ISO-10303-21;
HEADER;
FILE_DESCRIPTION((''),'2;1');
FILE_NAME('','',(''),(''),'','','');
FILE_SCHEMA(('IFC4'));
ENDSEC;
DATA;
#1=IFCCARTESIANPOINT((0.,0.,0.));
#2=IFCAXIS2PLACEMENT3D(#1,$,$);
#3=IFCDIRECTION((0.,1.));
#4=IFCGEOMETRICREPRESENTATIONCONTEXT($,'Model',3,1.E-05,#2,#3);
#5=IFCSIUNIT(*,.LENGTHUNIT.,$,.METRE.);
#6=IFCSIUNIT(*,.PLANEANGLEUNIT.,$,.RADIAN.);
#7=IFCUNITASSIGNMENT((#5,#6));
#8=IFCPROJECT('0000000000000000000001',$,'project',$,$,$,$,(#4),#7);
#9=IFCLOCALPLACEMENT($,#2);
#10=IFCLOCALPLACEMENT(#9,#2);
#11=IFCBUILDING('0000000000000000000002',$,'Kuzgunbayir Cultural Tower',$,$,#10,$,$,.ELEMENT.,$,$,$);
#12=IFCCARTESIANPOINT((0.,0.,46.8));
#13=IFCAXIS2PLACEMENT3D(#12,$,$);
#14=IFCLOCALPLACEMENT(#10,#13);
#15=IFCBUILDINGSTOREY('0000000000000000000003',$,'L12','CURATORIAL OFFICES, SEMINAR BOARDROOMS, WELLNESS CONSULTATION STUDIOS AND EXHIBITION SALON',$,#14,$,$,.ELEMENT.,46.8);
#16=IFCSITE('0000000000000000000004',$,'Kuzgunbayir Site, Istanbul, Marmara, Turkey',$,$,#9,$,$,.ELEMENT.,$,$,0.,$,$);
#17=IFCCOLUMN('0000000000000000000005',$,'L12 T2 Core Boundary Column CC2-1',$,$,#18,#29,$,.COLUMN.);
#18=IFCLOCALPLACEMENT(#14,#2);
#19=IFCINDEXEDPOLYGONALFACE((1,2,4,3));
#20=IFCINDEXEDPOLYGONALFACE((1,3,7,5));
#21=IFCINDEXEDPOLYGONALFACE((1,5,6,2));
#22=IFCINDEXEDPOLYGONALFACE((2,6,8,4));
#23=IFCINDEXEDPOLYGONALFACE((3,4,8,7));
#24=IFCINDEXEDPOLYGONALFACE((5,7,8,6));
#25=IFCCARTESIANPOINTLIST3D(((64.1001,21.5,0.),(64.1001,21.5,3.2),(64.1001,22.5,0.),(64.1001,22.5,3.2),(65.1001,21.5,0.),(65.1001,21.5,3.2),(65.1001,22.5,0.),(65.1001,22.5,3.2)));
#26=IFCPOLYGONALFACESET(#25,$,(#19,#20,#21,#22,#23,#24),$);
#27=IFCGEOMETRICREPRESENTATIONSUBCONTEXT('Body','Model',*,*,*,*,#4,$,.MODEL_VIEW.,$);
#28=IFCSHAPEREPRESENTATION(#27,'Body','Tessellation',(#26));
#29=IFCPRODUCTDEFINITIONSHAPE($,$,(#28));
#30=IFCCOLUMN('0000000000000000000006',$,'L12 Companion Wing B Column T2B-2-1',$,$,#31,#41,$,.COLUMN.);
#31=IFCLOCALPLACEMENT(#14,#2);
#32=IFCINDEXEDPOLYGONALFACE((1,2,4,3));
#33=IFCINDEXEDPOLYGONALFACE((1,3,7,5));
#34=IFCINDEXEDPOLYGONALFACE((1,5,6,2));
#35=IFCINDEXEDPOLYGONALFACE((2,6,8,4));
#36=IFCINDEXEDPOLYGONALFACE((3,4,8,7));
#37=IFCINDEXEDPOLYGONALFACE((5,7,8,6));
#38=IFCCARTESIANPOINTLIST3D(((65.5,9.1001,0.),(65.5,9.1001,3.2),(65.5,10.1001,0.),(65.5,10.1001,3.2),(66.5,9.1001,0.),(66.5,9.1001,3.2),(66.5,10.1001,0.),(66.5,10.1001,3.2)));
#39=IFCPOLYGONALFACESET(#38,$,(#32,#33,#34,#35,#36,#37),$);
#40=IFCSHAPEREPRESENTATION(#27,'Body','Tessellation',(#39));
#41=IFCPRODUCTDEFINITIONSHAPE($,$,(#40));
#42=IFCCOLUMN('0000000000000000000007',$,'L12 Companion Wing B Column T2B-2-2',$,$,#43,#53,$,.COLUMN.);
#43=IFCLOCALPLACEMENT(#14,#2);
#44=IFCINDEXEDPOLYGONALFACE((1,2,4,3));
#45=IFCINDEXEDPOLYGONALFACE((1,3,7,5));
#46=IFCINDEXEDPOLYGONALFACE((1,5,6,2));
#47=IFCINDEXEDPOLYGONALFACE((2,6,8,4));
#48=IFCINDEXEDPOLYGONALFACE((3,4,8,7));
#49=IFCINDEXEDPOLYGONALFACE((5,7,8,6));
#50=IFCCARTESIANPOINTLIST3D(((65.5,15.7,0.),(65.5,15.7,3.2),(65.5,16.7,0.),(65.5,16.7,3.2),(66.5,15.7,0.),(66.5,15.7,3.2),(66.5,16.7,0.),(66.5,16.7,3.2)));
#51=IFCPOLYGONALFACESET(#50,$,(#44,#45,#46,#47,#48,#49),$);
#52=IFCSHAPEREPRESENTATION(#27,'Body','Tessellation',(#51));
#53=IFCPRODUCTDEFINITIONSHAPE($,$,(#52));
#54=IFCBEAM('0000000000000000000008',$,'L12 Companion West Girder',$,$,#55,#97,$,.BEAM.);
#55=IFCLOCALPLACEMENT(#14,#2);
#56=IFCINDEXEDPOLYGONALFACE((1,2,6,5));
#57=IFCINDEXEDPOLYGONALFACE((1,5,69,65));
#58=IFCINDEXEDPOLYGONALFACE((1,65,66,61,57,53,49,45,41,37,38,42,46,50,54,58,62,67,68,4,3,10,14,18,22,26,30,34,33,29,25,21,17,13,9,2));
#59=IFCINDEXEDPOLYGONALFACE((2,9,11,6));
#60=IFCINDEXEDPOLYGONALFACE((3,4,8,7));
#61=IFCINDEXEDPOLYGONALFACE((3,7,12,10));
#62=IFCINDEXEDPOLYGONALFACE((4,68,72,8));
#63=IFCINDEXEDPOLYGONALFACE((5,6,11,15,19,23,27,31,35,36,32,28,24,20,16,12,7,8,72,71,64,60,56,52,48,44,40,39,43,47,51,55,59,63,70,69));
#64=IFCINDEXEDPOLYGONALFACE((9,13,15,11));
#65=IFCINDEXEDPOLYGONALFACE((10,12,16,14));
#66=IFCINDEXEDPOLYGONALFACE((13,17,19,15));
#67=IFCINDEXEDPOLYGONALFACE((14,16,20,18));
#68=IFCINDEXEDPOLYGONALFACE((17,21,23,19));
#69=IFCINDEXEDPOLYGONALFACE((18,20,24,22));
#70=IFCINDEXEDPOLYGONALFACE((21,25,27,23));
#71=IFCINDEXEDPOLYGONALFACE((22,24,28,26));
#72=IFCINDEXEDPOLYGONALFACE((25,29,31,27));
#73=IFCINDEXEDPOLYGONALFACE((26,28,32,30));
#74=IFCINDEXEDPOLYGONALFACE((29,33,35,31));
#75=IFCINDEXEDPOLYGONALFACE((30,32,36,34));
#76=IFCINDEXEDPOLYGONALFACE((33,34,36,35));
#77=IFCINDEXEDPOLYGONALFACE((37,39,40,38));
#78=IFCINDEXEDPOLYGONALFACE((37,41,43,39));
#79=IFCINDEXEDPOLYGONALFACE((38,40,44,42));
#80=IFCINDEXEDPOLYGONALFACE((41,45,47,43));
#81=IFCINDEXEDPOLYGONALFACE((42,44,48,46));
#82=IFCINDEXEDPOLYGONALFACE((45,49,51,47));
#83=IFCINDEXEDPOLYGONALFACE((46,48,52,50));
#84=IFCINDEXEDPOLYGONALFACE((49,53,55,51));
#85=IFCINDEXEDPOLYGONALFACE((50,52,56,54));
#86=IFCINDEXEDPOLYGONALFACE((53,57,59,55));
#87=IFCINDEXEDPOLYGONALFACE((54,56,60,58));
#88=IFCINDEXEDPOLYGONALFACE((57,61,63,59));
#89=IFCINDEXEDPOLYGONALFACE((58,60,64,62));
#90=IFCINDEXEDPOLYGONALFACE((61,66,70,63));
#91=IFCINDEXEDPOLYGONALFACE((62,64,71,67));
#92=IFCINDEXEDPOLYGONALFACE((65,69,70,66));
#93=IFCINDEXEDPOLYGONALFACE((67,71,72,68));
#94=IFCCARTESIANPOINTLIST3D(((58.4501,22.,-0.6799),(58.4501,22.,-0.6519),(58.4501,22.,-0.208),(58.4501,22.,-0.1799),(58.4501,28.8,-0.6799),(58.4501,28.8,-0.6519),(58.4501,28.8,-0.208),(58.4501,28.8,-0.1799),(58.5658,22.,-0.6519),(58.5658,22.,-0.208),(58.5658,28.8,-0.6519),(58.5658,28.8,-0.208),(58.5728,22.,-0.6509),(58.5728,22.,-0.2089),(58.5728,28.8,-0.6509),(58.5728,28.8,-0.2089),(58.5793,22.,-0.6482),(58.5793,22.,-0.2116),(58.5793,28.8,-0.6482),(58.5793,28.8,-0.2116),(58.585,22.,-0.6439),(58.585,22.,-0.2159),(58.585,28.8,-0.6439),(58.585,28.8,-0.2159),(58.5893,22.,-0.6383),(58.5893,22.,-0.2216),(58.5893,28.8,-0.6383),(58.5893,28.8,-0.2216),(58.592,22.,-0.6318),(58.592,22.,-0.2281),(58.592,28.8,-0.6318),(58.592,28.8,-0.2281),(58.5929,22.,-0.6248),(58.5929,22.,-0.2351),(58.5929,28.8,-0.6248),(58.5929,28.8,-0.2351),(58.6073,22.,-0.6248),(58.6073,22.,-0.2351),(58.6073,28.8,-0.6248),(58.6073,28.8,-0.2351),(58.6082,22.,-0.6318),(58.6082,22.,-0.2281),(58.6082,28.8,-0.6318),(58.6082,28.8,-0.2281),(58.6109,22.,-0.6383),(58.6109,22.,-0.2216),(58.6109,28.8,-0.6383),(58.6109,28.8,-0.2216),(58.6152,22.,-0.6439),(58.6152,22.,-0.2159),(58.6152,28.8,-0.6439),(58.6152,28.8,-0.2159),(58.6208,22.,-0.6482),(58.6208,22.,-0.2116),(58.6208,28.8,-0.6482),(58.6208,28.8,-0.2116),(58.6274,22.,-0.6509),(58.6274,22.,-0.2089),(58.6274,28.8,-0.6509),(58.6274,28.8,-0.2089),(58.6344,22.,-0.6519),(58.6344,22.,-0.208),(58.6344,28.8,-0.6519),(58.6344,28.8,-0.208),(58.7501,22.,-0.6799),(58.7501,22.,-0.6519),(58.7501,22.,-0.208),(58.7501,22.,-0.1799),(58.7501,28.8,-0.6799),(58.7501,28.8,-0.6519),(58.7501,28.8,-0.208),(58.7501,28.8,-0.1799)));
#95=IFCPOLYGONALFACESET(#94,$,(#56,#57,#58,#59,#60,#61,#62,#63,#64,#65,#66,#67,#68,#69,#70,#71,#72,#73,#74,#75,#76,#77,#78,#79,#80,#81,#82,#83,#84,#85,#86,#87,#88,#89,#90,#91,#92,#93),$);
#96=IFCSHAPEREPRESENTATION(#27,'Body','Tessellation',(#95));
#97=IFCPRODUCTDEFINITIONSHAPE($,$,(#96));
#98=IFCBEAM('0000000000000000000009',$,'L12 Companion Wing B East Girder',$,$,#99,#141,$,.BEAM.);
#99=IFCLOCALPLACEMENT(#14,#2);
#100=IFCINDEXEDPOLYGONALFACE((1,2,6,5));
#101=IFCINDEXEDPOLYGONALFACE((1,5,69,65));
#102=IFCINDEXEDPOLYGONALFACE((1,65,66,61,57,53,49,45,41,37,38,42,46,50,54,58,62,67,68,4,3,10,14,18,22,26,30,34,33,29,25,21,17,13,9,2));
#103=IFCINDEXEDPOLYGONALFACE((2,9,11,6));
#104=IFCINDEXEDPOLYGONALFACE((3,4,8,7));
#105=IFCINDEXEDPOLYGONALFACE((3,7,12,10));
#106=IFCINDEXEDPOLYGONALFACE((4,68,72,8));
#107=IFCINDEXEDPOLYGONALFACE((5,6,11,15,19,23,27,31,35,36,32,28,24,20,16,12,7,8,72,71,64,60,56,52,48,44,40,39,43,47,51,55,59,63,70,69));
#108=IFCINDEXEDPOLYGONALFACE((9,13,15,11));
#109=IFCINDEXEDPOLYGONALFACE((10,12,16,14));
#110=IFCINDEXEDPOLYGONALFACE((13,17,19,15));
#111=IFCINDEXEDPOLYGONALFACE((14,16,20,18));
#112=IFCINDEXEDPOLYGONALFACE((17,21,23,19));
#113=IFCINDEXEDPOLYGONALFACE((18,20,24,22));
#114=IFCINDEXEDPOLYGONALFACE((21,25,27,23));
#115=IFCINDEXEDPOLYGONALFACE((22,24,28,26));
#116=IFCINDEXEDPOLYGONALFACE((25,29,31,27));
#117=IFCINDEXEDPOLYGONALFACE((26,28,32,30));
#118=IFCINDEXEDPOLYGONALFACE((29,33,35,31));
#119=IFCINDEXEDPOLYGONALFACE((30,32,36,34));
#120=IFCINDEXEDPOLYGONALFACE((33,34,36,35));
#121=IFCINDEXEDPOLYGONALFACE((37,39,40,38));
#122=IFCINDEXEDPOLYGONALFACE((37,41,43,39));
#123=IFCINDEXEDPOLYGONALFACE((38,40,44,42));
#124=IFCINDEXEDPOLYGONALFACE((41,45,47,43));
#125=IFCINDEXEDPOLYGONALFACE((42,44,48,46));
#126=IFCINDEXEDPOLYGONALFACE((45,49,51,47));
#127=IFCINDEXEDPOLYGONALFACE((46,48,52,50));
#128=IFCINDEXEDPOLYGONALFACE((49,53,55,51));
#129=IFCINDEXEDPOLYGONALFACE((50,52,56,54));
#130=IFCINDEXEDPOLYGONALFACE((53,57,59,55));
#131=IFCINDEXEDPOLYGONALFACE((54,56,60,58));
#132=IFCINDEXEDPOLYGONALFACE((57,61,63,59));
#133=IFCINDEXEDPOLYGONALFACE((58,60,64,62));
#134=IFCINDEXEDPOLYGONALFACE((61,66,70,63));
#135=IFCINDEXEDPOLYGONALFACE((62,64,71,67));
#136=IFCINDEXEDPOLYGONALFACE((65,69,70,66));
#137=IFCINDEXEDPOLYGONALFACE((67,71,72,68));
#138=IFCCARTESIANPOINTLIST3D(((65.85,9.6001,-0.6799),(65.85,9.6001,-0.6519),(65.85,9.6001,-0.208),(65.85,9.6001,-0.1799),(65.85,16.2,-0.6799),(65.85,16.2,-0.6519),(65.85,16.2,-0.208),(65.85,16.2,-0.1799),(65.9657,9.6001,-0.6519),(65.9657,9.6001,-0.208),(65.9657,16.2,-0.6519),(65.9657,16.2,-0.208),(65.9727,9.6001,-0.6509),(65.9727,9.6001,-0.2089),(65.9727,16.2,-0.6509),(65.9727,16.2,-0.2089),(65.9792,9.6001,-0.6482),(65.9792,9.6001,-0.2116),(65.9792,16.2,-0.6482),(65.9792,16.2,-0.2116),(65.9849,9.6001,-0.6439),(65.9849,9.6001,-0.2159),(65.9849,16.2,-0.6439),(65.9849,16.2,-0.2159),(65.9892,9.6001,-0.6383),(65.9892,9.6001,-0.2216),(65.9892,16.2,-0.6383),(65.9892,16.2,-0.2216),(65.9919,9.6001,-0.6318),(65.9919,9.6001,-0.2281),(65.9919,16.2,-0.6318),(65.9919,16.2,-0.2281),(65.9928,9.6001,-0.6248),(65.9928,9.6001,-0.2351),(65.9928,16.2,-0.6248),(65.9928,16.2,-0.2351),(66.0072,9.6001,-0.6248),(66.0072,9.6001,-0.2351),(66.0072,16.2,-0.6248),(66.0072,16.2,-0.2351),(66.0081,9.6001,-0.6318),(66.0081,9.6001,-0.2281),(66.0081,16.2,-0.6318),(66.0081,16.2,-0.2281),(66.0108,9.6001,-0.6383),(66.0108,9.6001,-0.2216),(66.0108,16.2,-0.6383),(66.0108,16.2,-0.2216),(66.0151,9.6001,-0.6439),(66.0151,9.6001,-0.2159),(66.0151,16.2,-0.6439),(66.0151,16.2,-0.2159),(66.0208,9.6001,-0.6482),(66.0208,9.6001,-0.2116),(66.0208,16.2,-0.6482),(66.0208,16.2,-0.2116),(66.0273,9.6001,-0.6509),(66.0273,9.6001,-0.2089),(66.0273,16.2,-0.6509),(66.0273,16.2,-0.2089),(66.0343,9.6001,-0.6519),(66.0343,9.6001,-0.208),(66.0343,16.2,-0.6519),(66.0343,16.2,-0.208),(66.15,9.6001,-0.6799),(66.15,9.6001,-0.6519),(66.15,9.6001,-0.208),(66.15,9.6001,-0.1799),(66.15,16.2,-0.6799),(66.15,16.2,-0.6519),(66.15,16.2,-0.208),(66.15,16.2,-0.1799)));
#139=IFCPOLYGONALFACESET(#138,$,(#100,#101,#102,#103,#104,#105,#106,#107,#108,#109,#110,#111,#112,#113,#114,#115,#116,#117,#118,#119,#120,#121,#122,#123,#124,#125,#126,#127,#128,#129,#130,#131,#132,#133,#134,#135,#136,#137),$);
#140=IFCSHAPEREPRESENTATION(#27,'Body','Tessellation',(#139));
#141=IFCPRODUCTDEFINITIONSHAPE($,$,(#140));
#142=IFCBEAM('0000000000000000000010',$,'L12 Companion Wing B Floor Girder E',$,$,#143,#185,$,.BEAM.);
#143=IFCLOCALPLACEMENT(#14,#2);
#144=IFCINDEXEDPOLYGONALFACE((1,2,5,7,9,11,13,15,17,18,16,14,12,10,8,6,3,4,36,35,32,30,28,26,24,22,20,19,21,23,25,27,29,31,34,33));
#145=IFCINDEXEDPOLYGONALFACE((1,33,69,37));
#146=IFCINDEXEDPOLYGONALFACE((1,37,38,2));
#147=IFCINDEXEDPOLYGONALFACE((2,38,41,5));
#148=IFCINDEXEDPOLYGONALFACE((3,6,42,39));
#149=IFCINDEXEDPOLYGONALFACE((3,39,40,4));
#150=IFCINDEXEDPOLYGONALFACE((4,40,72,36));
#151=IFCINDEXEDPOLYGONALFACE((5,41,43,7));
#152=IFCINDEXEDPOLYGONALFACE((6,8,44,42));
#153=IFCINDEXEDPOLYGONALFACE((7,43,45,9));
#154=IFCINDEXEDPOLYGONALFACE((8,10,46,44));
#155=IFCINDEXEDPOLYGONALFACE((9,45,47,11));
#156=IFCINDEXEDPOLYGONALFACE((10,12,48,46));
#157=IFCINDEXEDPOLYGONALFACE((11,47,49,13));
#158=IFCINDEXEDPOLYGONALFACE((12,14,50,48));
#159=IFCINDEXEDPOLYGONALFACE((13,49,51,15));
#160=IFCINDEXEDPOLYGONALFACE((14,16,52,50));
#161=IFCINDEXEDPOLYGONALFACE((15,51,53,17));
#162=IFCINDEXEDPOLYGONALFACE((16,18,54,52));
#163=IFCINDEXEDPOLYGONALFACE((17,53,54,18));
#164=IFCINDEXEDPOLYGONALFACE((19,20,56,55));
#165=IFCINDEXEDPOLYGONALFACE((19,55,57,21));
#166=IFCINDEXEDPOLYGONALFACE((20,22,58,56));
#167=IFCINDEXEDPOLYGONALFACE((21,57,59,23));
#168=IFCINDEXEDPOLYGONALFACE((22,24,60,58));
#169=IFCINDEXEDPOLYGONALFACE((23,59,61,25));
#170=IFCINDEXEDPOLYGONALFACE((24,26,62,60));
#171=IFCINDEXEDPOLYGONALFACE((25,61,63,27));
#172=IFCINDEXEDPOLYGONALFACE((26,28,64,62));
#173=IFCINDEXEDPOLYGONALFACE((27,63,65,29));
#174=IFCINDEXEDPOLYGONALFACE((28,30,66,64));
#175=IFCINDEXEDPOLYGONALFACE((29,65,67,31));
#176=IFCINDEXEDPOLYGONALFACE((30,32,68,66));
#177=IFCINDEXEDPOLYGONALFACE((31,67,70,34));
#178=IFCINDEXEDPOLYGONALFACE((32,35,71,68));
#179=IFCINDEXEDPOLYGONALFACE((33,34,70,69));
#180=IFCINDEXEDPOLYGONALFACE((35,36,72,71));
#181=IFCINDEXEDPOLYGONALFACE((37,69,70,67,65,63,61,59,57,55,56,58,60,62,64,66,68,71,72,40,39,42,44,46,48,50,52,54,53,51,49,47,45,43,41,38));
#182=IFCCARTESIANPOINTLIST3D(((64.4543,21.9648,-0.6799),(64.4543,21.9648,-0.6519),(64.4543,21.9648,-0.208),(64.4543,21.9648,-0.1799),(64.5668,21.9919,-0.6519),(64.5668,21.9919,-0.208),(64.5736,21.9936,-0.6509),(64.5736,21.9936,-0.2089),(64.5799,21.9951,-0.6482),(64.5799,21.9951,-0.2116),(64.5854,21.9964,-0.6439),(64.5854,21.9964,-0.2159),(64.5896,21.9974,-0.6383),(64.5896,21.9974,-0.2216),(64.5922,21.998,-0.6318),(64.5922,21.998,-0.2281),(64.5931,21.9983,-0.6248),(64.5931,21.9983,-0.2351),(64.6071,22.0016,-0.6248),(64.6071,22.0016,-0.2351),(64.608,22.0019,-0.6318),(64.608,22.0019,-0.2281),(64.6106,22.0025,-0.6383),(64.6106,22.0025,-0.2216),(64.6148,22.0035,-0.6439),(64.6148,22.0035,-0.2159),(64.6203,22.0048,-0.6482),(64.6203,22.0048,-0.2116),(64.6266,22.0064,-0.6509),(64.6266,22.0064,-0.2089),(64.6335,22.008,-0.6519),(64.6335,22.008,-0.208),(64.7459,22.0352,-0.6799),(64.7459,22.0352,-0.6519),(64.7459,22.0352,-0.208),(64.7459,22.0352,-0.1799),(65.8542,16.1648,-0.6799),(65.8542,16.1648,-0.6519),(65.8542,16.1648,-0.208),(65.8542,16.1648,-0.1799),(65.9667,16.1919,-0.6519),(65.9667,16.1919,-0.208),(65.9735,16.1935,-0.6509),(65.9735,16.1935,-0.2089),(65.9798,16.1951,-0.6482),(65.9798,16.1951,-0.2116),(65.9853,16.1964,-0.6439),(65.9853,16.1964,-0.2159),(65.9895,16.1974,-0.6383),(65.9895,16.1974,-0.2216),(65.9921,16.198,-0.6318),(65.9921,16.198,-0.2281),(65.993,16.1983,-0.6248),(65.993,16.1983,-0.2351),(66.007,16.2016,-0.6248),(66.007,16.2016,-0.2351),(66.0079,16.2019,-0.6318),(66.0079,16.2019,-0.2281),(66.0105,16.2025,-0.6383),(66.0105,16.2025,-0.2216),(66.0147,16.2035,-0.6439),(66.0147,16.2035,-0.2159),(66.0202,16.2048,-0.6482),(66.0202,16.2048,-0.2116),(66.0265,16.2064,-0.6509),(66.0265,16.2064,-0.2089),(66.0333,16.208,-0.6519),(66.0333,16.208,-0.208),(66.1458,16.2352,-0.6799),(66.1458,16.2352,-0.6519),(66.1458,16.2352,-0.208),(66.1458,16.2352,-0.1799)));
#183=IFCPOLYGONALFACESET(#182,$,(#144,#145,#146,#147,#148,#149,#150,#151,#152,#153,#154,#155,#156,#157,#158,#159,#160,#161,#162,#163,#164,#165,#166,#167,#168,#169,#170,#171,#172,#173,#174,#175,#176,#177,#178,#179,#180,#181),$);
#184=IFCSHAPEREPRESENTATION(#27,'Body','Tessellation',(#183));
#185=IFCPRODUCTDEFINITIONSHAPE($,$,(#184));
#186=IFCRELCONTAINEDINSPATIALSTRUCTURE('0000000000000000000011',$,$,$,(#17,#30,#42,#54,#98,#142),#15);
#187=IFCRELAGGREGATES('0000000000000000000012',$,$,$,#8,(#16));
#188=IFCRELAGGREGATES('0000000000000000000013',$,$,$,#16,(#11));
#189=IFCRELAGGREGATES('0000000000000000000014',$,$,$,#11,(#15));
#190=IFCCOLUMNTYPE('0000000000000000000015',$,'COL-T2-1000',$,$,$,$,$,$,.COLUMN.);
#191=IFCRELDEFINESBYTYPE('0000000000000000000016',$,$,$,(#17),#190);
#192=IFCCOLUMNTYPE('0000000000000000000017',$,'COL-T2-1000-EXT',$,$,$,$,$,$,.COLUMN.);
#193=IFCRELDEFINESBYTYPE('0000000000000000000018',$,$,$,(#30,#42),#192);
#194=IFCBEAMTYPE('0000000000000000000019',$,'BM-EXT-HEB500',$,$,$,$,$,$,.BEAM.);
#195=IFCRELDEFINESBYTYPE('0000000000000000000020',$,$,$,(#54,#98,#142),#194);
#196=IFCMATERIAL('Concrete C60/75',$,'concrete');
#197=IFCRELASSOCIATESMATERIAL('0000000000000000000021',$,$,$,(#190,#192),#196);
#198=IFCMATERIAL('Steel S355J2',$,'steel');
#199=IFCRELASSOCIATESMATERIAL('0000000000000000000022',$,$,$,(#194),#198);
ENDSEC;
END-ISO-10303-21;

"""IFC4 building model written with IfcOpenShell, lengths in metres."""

from ifc_helpers import new_model, si_unit, direction, frame, origin, origin_2d, place, context, subcontext, project, spatial, rectangle, i_section, extrude, material, material_profile, profile_set, type_object, element, save


model = new_model("IFC4")

# Units and contexts
model_context = context("Model", 3, precision=1e-05, world=origin(), true_north=direction((0.0, 1.0)))
body_context = subcontext(model_context, "Body", "Model", "MODEL_VIEW")
ifc_project = project(units=[si_unit("LENGTHUNIT", "METRE"), si_unit("PLANEANGLEUNIT", "RADIAN")], contexts=[model_context])

# Site, building, storey
site_placement = place(None, origin())
site = spatial("IfcSite", under=ifc_project, at=site_placement, Name="Kuzgunbayir Site, Istanbul, Marmara, Turkey", CompositionType="ELEMENT", RefElevation=0.0)
building_placement = place(site_placement, origin())
building = spatial("IfcBuilding", under=site, at=building_placement, Name="Kuzgunbayir Cultural Tower", CompositionType="ELEMENT")
storey_placement = place(building_placement, frame((0.0, 0.0, 46.8)))
storey = spatial("IfcBuildingStorey", under=building, at=storey_placement, Name="L12", Description="CURATORIAL OFFICES, SEMINAR BOARDROOMS, WELLNESS CONSULTATION STUDIOS AND EXHIBITION SALON", CompositionType="ELEMENT", Elevation=46.8)

# Columns
ifc_material_1 = material(Name="Concrete C60/75", Category="concrete")
ifc_material_profile_1 = material_profile(ifc_material_1, rectangle(XDim=1.0, YDim=1.0, at=origin_2d()), Name="RC 1000x1000")
ifc_profile_set_1 = profile_set([ifc_material_profile_1], Name="Concrete C60/75")
column_type_1 = type_object("IfcColumnType", Name="COL-T2-1000", PredefinedType="COLUMN", material=ifc_profile_set_1)
column_placement = place(storey_placement, frame((64.6001, 22.0, 0.0), z_axis=(0.0, 0.0, 1.0), x_axis=(1.0, 0.0, 0.0)))
element("IfcColumn", 1, at=column_placement, inside=storey, type_object=column_type_1, Name="L12 T2 Core Boundary Column CC2-1", PredefinedType="COLUMN", context=body_context, shape_type="SweptSolid", body=[
    extrude(rectangle(XDim=1.0, YDim=1.0, at=origin_2d()), origin(), (0.0, 0.0, 1.0), 3.2),
])
ifc_material_profile_2 = material_profile(ifc_material_1, rectangle(XDim=1.0, YDim=1.0, at=origin_2d()), Name="RC 1000x1000")
ifc_profile_set_2 = profile_set([ifc_material_profile_2], Name="Concrete C60/75")
column_type_2 = type_object("IfcColumnType", Name="COL-T2-1000-EXT", PredefinedType="COLUMN", material=ifc_profile_set_2)
for number, where, z_axis, x_axis, name in (
    (2, (66.0, 9.6001, 0.0), (0.0, 0.0, 1.0), (1.0, 0.0, 0.0), "L12 Companion Wing B Column T2B-2-1"),
    (3, (66.0, 16.2, 0.0), (0.0, 0.0, 1.0), (1.0, 0.0, 0.0), "L12 Companion Wing B Column T2B-2-2"),
):
    element("IfcColumn", number, at=place(storey_placement, frame(where, z_axis=z_axis, x_axis=x_axis)), inside=storey, type_object=column_type_2, Name=name, PredefinedType="COLUMN", context=body_context, shape_type="SweptSolid", body=[
        extrude(rectangle(XDim=1.0, YDim=1.0, at=origin_2d()), origin(), (0.0, 0.0, 1.0), 3.2),
    ])

# Beams
ifc_material_2 = material(Name="Steel S355J2", Category="steel")
ifc_material_profile_3 = material_profile(ifc_material_2, i_section(OverallWidth=0.3, OverallDepth=0.5, WebThickness=0.0144, FlangeThickness=0.0281, FilletRadius=0.0271, at=origin_2d()), Name="HEB 500")
ifc_profile_set_3 = profile_set([ifc_material_profile_3], Name="Steel S355J2")
beam_type_1 = type_object("IfcBeamType", Name="BM-EXT-HEB500", PredefinedType="BEAM", material=ifc_profile_set_3)
beam_1_placement = place(storey_placement, frame((58.6001, 22.0, -0.4299), z_axis=(0.0, 1.0, 0.0), x_axis=(-1.0, 0.0, 0.0)))
element("IfcBeam", 4, at=beam_1_placement, inside=storey, type_object=beam_type_1, Name="L12 Companion West Girder", PredefinedType="BEAM", context=body_context, shape_type="SweptSolid", body=[
    extrude(i_section(OverallWidth=0.3, OverallDepth=0.5, WebThickness=0.0144, FlangeThickness=0.0281, FilletRadius=0.0271, at=origin_2d()), origin(), (0.0, 0.0, 1.0), 6.8),
])
beam_2_placement = place(storey_placement, frame((66.0, 9.6001, -0.4299), z_axis=(0.0, 1.0, 0.0), x_axis=(-1.0, 0.0, 0.0)))
element("IfcBeam", 5, at=beam_2_placement, inside=storey, type_object=beam_type_1, Name="L12 Companion Wing B East Girder", PredefinedType="BEAM", context=body_context, shape_type="SweptSolid", body=[
    extrude(i_section(OverallWidth=0.3, OverallDepth=0.5, WebThickness=0.0144, FlangeThickness=0.0281, FilletRadius=0.0271, at=origin_2d()), origin(), (0.0, 0.0, 1.0), 6.5999),
])
beam_3_placement = place(storey_placement, frame((66.0, 16.2, -0.4299), z_axis=(-0.234623, 0.972086, 0.0), x_axis=(-0.972086, -0.234623, 0.0)))
element("IfcBeam", 6, at=beam_3_placement, inside=storey, type_object=beam_type_1, Name="L12 Companion Wing B Floor Girder E", PredefinedType="BEAM", context=body_context, shape_type="SweptSolid", body=[
    extrude(i_section(OverallWidth=0.3, OverallDepth=0.5, WebThickness=0.0144, FlangeThickness=0.0281, FilletRadius=0.0271, at=origin_2d()), origin(), (0.0, 0.0, 1.0), 5.9666),
])

save(model, "model.ifc")
